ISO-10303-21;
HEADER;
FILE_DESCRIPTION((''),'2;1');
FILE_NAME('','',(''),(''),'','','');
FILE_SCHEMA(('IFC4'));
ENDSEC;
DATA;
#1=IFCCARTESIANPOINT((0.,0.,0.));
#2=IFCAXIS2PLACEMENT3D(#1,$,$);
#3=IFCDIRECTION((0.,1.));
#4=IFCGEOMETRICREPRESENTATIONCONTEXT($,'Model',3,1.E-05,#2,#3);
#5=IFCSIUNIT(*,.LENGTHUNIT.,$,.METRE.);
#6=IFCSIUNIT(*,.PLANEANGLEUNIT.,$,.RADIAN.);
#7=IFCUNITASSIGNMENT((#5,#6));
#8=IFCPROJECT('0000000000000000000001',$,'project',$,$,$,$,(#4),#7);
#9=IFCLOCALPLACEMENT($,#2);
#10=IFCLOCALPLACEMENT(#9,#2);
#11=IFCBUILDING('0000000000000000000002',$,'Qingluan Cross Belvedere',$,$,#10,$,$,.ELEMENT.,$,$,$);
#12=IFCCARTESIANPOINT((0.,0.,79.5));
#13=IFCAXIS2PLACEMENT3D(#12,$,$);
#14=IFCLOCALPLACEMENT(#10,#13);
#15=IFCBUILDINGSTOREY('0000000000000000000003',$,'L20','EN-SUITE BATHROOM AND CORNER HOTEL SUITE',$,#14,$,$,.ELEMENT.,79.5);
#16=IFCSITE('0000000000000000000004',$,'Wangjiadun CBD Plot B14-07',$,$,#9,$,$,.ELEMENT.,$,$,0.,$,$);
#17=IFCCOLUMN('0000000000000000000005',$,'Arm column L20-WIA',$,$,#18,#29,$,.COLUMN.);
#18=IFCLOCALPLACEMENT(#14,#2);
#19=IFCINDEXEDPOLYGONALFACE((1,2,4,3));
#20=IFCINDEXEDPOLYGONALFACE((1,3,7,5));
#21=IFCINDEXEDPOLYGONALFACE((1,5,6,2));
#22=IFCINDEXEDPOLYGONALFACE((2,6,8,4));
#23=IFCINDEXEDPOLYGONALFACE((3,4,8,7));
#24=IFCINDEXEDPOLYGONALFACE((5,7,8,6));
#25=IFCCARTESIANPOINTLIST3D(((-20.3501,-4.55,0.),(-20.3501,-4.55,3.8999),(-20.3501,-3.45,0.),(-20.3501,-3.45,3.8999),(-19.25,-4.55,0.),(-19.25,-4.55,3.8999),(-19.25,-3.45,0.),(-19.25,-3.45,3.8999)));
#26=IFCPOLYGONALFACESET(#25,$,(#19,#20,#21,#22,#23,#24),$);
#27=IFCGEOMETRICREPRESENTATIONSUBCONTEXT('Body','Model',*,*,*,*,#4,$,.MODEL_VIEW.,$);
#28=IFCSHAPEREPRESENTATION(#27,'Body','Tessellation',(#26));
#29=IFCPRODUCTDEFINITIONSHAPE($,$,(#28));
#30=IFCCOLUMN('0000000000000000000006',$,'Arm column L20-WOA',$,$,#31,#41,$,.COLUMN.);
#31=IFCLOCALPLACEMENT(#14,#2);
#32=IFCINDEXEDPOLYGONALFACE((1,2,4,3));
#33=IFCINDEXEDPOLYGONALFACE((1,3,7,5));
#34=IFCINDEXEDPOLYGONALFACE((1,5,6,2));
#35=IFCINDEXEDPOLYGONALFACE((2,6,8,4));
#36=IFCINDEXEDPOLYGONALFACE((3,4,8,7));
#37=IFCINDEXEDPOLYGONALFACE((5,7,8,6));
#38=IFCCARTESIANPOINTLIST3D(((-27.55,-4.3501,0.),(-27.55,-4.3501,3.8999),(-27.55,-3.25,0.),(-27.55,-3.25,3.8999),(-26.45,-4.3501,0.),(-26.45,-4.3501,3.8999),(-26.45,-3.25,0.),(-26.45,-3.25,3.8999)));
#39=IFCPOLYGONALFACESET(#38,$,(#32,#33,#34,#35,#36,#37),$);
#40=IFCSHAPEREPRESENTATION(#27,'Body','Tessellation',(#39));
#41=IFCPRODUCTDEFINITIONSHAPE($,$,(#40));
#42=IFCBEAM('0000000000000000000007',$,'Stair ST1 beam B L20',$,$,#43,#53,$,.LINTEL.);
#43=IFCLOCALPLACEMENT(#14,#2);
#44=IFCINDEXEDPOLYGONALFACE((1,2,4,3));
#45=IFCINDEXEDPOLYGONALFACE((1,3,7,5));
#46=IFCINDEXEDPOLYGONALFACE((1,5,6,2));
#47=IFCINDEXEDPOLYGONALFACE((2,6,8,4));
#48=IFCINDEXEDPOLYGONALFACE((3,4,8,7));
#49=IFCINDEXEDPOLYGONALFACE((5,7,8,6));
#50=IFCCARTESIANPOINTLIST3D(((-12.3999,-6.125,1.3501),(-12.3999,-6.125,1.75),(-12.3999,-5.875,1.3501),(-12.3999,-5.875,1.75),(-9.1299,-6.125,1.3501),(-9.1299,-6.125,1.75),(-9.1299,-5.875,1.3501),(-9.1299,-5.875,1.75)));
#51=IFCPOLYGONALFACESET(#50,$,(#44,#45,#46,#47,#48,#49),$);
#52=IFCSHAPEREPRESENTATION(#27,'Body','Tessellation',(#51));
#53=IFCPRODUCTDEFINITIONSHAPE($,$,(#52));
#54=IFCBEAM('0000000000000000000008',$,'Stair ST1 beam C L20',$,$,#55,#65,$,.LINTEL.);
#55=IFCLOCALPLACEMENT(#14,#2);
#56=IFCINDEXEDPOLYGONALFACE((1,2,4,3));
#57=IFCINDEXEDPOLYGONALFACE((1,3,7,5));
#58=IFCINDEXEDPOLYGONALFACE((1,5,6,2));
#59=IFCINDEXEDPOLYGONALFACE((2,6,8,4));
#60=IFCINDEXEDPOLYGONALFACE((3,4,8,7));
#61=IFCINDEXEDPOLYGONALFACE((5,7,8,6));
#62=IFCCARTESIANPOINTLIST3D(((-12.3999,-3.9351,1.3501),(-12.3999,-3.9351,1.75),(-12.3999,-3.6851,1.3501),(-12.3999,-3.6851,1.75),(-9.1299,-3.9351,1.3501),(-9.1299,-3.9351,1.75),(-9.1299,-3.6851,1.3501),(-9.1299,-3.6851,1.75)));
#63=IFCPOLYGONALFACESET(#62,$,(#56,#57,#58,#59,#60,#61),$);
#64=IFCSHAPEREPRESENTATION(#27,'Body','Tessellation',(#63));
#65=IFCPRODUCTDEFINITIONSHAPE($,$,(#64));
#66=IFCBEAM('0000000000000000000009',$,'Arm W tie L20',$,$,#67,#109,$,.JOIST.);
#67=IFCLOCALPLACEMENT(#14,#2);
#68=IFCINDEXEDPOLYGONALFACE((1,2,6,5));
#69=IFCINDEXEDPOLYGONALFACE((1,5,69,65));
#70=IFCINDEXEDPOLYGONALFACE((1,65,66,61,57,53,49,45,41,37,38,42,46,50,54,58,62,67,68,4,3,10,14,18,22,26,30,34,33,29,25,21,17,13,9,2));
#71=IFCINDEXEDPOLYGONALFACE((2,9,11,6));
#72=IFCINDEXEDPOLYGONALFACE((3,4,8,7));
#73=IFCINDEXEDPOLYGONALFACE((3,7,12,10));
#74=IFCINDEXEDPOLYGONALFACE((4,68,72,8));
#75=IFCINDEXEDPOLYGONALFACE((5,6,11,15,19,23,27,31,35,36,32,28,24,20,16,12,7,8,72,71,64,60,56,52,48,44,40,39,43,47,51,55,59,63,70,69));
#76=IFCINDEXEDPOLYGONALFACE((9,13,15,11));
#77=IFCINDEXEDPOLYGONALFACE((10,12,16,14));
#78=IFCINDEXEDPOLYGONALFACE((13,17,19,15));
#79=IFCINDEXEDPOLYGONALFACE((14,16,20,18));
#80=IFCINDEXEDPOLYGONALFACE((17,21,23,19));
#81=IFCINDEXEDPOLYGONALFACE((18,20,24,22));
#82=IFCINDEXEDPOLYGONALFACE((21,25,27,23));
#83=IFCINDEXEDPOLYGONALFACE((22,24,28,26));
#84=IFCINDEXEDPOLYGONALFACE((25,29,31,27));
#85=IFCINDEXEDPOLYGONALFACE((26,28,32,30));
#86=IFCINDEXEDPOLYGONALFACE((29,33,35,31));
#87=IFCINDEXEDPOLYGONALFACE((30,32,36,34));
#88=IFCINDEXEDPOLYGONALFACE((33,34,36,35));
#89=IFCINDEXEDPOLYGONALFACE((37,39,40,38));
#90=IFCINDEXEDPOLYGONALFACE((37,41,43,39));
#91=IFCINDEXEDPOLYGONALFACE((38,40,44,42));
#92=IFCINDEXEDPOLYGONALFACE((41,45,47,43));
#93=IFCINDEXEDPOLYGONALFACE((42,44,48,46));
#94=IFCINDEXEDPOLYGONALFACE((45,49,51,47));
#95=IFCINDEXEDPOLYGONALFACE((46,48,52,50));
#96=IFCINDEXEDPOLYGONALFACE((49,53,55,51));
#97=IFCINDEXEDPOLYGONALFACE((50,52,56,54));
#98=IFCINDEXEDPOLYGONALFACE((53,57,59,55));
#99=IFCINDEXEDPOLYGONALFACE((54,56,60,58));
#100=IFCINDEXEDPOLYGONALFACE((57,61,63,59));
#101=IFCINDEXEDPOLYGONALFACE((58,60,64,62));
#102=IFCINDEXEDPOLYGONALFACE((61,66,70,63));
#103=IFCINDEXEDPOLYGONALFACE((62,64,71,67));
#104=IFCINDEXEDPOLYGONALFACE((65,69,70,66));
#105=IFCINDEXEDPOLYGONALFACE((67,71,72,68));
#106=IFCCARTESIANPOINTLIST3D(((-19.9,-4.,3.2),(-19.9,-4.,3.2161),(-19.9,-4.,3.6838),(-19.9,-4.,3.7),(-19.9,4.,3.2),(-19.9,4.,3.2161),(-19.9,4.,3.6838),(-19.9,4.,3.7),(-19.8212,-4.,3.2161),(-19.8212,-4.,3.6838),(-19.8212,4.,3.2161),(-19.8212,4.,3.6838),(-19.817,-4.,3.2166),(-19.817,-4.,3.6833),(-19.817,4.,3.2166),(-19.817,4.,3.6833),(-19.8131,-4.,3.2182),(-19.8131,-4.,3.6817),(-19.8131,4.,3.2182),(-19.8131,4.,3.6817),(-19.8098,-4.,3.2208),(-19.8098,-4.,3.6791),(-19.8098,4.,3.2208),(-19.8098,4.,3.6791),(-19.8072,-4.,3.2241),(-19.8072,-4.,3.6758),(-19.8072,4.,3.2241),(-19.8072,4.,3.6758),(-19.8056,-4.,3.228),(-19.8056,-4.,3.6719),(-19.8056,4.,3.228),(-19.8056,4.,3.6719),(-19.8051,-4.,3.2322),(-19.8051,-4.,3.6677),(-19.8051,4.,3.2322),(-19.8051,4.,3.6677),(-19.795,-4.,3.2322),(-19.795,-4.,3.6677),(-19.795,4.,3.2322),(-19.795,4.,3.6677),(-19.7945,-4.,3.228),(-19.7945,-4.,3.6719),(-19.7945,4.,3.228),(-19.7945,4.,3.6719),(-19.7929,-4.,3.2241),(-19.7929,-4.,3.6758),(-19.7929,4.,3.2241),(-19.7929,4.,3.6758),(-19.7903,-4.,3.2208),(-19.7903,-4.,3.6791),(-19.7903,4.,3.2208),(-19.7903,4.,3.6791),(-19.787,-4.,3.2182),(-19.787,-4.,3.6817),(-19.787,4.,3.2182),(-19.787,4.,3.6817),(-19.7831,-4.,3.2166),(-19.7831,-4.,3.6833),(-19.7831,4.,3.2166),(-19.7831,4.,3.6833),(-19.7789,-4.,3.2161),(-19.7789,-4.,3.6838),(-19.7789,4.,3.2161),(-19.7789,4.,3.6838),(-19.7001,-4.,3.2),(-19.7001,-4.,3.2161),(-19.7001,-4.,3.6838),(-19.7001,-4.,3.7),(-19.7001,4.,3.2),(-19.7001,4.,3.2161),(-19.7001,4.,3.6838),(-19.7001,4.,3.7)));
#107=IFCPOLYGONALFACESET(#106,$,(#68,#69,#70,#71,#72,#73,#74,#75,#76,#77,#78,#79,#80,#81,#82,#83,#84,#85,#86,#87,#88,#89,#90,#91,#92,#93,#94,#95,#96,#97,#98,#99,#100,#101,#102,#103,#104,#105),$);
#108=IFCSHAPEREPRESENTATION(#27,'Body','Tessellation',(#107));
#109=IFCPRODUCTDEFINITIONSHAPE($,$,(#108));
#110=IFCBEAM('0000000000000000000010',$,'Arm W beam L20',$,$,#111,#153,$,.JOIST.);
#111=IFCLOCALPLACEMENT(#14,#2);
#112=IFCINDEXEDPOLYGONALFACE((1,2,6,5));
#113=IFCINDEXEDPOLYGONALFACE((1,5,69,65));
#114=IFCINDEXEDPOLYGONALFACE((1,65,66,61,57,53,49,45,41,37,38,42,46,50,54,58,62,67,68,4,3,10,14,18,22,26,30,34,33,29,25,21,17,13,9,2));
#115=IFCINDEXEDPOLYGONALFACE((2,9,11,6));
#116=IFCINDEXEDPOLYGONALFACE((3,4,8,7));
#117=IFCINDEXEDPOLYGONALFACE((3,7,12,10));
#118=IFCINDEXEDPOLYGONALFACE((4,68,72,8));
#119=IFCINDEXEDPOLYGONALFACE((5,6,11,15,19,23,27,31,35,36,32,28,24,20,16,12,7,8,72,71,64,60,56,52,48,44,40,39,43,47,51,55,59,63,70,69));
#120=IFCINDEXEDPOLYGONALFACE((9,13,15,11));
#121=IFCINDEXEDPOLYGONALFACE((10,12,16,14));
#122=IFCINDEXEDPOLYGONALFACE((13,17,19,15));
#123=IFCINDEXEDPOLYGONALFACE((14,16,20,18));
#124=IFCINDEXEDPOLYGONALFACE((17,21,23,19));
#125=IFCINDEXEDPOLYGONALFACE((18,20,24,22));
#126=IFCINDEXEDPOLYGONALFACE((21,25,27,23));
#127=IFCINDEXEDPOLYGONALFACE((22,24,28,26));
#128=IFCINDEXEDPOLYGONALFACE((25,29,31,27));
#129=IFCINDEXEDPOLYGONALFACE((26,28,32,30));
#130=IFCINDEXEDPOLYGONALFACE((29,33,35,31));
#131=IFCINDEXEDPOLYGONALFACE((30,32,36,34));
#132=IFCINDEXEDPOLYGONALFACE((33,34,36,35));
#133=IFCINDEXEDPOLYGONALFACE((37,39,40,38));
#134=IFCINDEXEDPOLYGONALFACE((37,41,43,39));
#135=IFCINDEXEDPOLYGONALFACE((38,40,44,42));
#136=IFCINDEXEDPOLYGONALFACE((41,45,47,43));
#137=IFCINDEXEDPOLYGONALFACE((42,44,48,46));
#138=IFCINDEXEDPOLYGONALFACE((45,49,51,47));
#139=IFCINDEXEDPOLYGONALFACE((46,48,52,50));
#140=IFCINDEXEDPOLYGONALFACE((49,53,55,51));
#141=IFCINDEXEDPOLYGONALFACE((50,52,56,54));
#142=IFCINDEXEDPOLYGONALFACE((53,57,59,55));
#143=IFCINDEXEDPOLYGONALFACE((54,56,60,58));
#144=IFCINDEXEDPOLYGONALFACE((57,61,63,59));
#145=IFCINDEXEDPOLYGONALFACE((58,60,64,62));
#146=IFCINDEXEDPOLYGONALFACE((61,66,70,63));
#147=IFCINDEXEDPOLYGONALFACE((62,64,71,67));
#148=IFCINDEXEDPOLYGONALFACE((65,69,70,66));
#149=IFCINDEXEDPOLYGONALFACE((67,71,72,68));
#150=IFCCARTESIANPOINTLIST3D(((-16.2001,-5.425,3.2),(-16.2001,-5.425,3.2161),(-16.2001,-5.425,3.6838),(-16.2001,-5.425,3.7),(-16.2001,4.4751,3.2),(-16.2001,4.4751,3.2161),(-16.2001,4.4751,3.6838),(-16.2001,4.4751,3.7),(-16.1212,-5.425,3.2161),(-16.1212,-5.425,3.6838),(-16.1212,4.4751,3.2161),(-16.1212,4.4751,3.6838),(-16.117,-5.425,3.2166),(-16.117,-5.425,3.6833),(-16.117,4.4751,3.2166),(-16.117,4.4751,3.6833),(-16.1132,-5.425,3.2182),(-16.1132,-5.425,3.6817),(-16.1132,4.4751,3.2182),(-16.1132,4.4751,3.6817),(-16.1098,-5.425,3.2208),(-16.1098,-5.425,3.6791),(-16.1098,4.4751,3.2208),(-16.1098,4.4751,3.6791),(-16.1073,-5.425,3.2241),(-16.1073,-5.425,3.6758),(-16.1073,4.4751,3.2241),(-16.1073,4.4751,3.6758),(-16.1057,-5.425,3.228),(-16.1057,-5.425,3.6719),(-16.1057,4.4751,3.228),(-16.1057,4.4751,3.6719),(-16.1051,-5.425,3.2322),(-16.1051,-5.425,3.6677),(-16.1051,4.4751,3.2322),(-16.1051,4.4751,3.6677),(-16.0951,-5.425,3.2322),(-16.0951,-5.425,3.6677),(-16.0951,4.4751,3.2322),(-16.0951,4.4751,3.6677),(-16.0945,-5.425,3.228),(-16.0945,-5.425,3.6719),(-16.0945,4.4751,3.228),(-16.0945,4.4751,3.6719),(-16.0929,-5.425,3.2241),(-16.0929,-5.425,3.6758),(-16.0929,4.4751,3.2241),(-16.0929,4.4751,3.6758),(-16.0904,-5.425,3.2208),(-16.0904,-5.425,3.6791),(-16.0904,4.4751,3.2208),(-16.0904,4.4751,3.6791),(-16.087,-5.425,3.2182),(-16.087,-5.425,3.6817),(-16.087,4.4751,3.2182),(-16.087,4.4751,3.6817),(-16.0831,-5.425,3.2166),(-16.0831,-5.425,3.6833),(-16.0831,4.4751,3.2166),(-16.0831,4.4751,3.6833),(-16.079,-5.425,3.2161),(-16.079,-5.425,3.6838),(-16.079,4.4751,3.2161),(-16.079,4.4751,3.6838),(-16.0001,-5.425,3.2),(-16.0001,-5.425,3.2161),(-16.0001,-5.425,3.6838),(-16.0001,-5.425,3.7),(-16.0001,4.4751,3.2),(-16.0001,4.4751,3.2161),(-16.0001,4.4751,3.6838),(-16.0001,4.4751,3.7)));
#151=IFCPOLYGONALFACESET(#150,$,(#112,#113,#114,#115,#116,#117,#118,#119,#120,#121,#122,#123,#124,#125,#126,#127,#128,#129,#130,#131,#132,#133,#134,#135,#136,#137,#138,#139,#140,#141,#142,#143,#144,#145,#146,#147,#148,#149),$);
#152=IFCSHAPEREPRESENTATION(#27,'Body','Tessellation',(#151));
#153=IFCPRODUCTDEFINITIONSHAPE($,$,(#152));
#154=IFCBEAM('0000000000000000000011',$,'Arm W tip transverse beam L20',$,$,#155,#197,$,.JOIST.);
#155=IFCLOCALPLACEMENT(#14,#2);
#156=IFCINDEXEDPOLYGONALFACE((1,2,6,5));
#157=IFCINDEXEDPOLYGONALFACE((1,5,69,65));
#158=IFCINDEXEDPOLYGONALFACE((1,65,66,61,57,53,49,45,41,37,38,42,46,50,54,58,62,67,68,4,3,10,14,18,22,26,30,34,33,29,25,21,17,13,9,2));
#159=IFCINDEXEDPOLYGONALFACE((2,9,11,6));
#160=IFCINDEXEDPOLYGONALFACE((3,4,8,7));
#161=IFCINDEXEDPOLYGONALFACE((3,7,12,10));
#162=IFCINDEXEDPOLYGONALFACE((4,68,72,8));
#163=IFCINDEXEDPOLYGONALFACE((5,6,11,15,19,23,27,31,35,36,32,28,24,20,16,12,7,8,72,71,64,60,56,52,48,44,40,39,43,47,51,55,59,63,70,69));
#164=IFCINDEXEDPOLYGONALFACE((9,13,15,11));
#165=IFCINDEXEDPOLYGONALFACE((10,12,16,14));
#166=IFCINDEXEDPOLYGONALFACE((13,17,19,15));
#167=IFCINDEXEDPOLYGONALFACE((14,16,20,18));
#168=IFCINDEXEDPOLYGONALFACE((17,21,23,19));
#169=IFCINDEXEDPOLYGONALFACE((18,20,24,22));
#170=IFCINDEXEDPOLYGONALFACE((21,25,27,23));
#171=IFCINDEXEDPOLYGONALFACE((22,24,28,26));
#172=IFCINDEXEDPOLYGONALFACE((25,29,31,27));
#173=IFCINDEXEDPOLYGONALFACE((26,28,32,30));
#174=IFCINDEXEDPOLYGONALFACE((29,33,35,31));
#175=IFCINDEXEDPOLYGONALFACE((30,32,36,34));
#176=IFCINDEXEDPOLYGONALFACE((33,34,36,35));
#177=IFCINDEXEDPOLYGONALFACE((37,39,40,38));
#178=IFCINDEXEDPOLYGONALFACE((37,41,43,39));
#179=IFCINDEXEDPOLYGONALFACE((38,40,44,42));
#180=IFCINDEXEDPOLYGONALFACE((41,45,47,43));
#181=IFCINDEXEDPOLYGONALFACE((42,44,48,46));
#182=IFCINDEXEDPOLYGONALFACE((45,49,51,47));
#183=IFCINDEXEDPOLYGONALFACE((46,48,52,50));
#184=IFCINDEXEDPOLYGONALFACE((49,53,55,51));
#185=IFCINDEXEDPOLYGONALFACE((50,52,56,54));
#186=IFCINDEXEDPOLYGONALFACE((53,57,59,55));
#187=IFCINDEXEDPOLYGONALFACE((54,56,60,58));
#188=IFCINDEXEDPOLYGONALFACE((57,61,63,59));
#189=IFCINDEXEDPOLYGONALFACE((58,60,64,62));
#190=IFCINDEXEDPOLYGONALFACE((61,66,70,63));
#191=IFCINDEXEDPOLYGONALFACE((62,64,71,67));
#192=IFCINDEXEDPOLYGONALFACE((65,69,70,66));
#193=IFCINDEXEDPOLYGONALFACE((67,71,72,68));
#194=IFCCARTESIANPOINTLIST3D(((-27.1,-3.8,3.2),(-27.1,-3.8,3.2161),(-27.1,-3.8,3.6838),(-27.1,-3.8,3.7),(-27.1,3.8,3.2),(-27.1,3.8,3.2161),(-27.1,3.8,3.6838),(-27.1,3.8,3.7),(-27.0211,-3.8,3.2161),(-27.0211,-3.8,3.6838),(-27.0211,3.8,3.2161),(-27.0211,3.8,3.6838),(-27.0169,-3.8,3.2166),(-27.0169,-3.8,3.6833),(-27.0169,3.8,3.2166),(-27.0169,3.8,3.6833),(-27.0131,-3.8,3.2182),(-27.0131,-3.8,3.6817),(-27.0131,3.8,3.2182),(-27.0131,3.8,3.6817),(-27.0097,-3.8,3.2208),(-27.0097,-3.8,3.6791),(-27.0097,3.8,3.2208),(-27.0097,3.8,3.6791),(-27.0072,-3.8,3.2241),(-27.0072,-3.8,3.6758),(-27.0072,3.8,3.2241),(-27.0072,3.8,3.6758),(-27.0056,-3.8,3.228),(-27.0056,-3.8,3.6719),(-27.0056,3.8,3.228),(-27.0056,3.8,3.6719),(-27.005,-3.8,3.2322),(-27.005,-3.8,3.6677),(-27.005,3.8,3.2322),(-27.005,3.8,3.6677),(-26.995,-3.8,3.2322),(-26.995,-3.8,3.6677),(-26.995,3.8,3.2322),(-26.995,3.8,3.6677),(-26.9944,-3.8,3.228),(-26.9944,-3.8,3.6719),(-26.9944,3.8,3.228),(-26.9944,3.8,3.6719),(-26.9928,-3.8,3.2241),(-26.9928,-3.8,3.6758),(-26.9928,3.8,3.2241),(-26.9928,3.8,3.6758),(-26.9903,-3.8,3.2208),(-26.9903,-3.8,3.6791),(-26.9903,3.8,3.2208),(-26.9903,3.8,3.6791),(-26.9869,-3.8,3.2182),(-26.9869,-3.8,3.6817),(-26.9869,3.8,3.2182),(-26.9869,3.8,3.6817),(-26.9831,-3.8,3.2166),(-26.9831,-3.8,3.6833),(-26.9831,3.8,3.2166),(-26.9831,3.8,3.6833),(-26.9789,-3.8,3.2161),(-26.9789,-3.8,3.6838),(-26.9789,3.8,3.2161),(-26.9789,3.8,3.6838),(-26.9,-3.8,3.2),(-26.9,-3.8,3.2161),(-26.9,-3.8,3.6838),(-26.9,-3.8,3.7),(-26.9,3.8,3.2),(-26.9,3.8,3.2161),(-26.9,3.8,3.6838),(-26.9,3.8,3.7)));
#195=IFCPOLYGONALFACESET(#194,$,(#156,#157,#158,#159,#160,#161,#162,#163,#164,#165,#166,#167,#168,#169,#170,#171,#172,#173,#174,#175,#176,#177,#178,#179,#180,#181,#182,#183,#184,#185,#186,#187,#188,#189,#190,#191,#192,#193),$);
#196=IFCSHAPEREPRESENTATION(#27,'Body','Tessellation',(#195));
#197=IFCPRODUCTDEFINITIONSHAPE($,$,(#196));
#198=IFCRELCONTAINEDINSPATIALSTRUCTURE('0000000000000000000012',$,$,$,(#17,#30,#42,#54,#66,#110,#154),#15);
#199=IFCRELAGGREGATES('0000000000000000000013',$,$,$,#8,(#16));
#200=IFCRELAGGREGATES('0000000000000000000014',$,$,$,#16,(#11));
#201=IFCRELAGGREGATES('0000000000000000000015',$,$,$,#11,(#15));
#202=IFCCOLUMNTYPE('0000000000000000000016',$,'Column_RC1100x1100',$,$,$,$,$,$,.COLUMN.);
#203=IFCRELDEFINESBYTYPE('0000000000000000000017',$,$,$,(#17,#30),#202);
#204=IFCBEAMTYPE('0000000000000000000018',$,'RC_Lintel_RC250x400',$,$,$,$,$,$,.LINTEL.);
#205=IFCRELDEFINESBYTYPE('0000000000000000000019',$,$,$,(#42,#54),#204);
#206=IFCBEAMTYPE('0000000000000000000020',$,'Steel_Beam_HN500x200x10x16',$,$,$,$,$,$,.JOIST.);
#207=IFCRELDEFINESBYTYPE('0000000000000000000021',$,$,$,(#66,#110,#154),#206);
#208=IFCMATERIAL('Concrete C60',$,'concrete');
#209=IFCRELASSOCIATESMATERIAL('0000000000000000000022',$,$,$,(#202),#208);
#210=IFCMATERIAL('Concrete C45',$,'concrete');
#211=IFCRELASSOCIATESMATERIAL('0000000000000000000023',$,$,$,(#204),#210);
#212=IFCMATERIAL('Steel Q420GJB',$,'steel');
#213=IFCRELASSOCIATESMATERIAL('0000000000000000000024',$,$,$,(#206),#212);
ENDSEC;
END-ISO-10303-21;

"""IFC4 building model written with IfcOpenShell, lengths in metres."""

from ifc_helpers import new_model, si_unit, direction, frame, origin, origin_2d, place, context, subcontext, project, spatial, rectangle, i_section, extrude, material, material_profile, profile_set, type_object, element, save


model = new_model("IFC4")

# Units and contexts
model_context = context("Model", 3, precision=1e-05, world=origin(), true_north=direction((0.0, 1.0)))
body_context = subcontext(model_context, "Body", "Model", "MODEL_VIEW")
ifc_project = project(units=[si_unit("LENGTHUNIT", "METRE"), si_unit("PLANEANGLEUNIT", "RADIAN")], contexts=[model_context])

# Site, building, storey
site_placement = place(None, origin())
site = spatial("IfcSite", under=ifc_project, at=site_placement, Name="Wangjiadun CBD Plot B14-07", CompositionType="ELEMENT", RefElevation=0.0)
building_placement = place(site_placement, origin())
building = spatial("IfcBuilding", under=site, at=building_placement, Name="Qingluan Cross Belvedere", CompositionType="ELEMENT")
storey_placement = place(building_placement, frame((0.0, 0.0, 79.5)))
storey = spatial("IfcBuildingStorey", under=building, at=storey_placement, Name="L20", Description="EN-SUITE BATHROOM AND CORNER HOTEL SUITE", CompositionType="ELEMENT", Elevation=79.5)

# Columns
ifc_material_1 = material(Name="Concrete C60", Category="concrete")
ifc_material_profile_1 = material_profile(ifc_material_1, rectangle(XDim=1.1001, YDim=1.1001, at=origin_2d()), Name="RC1100x1100")
ifc_profile_set_1 = profile_set([ifc_material_profile_1], Name="Concrete C60")
column_type = type_object("IfcColumnType", Name="Column_RC1100x1100", PredefinedType="COLUMN", material=ifc_profile_set_1)
for number, where, z_axis, x_axis, name in (
    (1, (-19.8, -4.0, 0.0), (0.0, 0.0, 1.0), (1.0, 0.0, 0.0), "Arm column L20-WIA"),
    (2, (-27.0, -3.8, 0.0), (0.0, 0.0, 1.0), (1.0, 0.0, 0.0), "Arm column L20-WOA"),
):
    element("IfcColumn", number, at=place(storey_placement, frame(where, z_axis=z_axis, x_axis=x_axis)), inside=storey, type_object=column_type, Name=name, PredefinedType="COLUMN", context=body_context, shape_type="SweptSolid", body=[
        extrude(rectangle(XDim=1.1001, YDim=1.1001, at=origin_2d()), origin(), (0.0, 0.0, 1.0), 3.8999),
    ])

# Beams
ifc_material_2 = material(Name="Concrete C45", Category="concrete")
ifc_material_profile_2 = material_profile(ifc_material_2, rectangle(XDim=0.25, YDim=0.3999, at=origin_2d()), Name="RC250x400")
ifc_profile_set_2 = profile_set([ifc_material_profile_2], Name="Concrete C45")
beam_type_1 = type_object("IfcBeamType", Name="RC_Lintel_RC250x400", PredefinedType="LINTEL", material=ifc_profile_set_2)
for number, where, z_axis, x_axis, name in (
    (3, (-12.3999, -6.0, 1.55), (1.0, 0.0, 0.0), (0.0, 1.0, 0.0), "Stair ST1 beam B L20"),
    (4, (-12.3999, -3.8101, 1.55), (1.0, 0.0, 0.0), (0.0, 1.0, 0.0), "Stair ST1 beam C L20"),
):
    element("IfcBeam", number, at=place(storey_placement, frame(where, z_axis=z_axis, x_axis=x_axis)), inside=storey, type_object=beam_type_1, Name=name, PredefinedType="LINTEL", context=body_context, shape_type="SweptSolid", body=[
        extrude(rectangle(XDim=0.25, YDim=0.3999, at=origin_2d()), origin(), (0.0, 0.0, 1.0), 3.27),
    ])
ifc_material_3 = material(Name="Steel Q420GJB", Category="steel")
ifc_material_profile_3 = material_profile(ifc_material_3, i_section(OverallWidth=0.2, OverallDepth=0.5, WebThickness=0.01, FlangeThickness=0.0161, FilletRadius=0.0161, at=origin_2d()), Name="HN500x200x10x16")
ifc_profile_set_3 = profile_set([ifc_material_profile_3], Name="Steel Q420GJB")
beam_type_2 = type_object("IfcBeamType", Name="Steel_Beam_HN500x200x10x16", PredefinedType="JOIST", material=ifc_profile_set_3)
beam_1_placement = place(storey_placement, frame((-19.8, -4.0, 3.45), z_axis=(0.0, 1.0, 0.0), x_axis=(-1.0, 0.0, 0.0)))
element("IfcBeam", 5, at=beam_1_placement, inside=storey, type_object=beam_type_2, Name="Arm W tie L20", PredefinedType="JOIST", context=body_context, shape_type="SweptSolid", body=[
    extrude(i_section(OverallWidth=0.2, OverallDepth=0.5, WebThickness=0.01, FlangeThickness=0.0161, FilletRadius=0.0161, at=origin_2d()), origin(), (0.0, 0.0, 1.0), 8.0),
])
beam_2_placement = place(storey_placement, frame((-16.1001, -5.425, 3.45), z_axis=(0.0, 1.0, 0.0), x_axis=(-1.0, 0.0, 0.0)))
element("IfcBeam", 6, at=beam_2_placement, inside=storey, type_object=beam_type_2, Name="Arm W beam L20", PredefinedType="JOIST", context=body_context, shape_type="SweptSolid", body=[
    extrude(i_section(OverallWidth=0.2, OverallDepth=0.5, WebThickness=0.01, FlangeThickness=0.0161, FilletRadius=0.0161, at=origin_2d()), origin(), (0.0, 0.0, 1.0), 9.9001),
])
beam_3_placement = place(storey_placement, frame((-27.0, -3.8, 3.45), z_axis=(0.0, 1.0, 0.0), x_axis=(-1.0, 0.0, 0.0)))
element("IfcBeam", 7, at=beam_3_placement, inside=storey, type_object=beam_type_2, Name="Arm W tip transverse beam L20", PredefinedType="JOIST", context=body_context, shape_type="SweptSolid", body=[
    extrude(i_section(OverallWidth=0.2, OverallDepth=0.5, WebThickness=0.01, FlangeThickness=0.0161, FilletRadius=0.0161, at=origin_2d()), origin(), (0.0, 0.0, 1.0), 7.6001),
])

save(model, "model.ifc")
